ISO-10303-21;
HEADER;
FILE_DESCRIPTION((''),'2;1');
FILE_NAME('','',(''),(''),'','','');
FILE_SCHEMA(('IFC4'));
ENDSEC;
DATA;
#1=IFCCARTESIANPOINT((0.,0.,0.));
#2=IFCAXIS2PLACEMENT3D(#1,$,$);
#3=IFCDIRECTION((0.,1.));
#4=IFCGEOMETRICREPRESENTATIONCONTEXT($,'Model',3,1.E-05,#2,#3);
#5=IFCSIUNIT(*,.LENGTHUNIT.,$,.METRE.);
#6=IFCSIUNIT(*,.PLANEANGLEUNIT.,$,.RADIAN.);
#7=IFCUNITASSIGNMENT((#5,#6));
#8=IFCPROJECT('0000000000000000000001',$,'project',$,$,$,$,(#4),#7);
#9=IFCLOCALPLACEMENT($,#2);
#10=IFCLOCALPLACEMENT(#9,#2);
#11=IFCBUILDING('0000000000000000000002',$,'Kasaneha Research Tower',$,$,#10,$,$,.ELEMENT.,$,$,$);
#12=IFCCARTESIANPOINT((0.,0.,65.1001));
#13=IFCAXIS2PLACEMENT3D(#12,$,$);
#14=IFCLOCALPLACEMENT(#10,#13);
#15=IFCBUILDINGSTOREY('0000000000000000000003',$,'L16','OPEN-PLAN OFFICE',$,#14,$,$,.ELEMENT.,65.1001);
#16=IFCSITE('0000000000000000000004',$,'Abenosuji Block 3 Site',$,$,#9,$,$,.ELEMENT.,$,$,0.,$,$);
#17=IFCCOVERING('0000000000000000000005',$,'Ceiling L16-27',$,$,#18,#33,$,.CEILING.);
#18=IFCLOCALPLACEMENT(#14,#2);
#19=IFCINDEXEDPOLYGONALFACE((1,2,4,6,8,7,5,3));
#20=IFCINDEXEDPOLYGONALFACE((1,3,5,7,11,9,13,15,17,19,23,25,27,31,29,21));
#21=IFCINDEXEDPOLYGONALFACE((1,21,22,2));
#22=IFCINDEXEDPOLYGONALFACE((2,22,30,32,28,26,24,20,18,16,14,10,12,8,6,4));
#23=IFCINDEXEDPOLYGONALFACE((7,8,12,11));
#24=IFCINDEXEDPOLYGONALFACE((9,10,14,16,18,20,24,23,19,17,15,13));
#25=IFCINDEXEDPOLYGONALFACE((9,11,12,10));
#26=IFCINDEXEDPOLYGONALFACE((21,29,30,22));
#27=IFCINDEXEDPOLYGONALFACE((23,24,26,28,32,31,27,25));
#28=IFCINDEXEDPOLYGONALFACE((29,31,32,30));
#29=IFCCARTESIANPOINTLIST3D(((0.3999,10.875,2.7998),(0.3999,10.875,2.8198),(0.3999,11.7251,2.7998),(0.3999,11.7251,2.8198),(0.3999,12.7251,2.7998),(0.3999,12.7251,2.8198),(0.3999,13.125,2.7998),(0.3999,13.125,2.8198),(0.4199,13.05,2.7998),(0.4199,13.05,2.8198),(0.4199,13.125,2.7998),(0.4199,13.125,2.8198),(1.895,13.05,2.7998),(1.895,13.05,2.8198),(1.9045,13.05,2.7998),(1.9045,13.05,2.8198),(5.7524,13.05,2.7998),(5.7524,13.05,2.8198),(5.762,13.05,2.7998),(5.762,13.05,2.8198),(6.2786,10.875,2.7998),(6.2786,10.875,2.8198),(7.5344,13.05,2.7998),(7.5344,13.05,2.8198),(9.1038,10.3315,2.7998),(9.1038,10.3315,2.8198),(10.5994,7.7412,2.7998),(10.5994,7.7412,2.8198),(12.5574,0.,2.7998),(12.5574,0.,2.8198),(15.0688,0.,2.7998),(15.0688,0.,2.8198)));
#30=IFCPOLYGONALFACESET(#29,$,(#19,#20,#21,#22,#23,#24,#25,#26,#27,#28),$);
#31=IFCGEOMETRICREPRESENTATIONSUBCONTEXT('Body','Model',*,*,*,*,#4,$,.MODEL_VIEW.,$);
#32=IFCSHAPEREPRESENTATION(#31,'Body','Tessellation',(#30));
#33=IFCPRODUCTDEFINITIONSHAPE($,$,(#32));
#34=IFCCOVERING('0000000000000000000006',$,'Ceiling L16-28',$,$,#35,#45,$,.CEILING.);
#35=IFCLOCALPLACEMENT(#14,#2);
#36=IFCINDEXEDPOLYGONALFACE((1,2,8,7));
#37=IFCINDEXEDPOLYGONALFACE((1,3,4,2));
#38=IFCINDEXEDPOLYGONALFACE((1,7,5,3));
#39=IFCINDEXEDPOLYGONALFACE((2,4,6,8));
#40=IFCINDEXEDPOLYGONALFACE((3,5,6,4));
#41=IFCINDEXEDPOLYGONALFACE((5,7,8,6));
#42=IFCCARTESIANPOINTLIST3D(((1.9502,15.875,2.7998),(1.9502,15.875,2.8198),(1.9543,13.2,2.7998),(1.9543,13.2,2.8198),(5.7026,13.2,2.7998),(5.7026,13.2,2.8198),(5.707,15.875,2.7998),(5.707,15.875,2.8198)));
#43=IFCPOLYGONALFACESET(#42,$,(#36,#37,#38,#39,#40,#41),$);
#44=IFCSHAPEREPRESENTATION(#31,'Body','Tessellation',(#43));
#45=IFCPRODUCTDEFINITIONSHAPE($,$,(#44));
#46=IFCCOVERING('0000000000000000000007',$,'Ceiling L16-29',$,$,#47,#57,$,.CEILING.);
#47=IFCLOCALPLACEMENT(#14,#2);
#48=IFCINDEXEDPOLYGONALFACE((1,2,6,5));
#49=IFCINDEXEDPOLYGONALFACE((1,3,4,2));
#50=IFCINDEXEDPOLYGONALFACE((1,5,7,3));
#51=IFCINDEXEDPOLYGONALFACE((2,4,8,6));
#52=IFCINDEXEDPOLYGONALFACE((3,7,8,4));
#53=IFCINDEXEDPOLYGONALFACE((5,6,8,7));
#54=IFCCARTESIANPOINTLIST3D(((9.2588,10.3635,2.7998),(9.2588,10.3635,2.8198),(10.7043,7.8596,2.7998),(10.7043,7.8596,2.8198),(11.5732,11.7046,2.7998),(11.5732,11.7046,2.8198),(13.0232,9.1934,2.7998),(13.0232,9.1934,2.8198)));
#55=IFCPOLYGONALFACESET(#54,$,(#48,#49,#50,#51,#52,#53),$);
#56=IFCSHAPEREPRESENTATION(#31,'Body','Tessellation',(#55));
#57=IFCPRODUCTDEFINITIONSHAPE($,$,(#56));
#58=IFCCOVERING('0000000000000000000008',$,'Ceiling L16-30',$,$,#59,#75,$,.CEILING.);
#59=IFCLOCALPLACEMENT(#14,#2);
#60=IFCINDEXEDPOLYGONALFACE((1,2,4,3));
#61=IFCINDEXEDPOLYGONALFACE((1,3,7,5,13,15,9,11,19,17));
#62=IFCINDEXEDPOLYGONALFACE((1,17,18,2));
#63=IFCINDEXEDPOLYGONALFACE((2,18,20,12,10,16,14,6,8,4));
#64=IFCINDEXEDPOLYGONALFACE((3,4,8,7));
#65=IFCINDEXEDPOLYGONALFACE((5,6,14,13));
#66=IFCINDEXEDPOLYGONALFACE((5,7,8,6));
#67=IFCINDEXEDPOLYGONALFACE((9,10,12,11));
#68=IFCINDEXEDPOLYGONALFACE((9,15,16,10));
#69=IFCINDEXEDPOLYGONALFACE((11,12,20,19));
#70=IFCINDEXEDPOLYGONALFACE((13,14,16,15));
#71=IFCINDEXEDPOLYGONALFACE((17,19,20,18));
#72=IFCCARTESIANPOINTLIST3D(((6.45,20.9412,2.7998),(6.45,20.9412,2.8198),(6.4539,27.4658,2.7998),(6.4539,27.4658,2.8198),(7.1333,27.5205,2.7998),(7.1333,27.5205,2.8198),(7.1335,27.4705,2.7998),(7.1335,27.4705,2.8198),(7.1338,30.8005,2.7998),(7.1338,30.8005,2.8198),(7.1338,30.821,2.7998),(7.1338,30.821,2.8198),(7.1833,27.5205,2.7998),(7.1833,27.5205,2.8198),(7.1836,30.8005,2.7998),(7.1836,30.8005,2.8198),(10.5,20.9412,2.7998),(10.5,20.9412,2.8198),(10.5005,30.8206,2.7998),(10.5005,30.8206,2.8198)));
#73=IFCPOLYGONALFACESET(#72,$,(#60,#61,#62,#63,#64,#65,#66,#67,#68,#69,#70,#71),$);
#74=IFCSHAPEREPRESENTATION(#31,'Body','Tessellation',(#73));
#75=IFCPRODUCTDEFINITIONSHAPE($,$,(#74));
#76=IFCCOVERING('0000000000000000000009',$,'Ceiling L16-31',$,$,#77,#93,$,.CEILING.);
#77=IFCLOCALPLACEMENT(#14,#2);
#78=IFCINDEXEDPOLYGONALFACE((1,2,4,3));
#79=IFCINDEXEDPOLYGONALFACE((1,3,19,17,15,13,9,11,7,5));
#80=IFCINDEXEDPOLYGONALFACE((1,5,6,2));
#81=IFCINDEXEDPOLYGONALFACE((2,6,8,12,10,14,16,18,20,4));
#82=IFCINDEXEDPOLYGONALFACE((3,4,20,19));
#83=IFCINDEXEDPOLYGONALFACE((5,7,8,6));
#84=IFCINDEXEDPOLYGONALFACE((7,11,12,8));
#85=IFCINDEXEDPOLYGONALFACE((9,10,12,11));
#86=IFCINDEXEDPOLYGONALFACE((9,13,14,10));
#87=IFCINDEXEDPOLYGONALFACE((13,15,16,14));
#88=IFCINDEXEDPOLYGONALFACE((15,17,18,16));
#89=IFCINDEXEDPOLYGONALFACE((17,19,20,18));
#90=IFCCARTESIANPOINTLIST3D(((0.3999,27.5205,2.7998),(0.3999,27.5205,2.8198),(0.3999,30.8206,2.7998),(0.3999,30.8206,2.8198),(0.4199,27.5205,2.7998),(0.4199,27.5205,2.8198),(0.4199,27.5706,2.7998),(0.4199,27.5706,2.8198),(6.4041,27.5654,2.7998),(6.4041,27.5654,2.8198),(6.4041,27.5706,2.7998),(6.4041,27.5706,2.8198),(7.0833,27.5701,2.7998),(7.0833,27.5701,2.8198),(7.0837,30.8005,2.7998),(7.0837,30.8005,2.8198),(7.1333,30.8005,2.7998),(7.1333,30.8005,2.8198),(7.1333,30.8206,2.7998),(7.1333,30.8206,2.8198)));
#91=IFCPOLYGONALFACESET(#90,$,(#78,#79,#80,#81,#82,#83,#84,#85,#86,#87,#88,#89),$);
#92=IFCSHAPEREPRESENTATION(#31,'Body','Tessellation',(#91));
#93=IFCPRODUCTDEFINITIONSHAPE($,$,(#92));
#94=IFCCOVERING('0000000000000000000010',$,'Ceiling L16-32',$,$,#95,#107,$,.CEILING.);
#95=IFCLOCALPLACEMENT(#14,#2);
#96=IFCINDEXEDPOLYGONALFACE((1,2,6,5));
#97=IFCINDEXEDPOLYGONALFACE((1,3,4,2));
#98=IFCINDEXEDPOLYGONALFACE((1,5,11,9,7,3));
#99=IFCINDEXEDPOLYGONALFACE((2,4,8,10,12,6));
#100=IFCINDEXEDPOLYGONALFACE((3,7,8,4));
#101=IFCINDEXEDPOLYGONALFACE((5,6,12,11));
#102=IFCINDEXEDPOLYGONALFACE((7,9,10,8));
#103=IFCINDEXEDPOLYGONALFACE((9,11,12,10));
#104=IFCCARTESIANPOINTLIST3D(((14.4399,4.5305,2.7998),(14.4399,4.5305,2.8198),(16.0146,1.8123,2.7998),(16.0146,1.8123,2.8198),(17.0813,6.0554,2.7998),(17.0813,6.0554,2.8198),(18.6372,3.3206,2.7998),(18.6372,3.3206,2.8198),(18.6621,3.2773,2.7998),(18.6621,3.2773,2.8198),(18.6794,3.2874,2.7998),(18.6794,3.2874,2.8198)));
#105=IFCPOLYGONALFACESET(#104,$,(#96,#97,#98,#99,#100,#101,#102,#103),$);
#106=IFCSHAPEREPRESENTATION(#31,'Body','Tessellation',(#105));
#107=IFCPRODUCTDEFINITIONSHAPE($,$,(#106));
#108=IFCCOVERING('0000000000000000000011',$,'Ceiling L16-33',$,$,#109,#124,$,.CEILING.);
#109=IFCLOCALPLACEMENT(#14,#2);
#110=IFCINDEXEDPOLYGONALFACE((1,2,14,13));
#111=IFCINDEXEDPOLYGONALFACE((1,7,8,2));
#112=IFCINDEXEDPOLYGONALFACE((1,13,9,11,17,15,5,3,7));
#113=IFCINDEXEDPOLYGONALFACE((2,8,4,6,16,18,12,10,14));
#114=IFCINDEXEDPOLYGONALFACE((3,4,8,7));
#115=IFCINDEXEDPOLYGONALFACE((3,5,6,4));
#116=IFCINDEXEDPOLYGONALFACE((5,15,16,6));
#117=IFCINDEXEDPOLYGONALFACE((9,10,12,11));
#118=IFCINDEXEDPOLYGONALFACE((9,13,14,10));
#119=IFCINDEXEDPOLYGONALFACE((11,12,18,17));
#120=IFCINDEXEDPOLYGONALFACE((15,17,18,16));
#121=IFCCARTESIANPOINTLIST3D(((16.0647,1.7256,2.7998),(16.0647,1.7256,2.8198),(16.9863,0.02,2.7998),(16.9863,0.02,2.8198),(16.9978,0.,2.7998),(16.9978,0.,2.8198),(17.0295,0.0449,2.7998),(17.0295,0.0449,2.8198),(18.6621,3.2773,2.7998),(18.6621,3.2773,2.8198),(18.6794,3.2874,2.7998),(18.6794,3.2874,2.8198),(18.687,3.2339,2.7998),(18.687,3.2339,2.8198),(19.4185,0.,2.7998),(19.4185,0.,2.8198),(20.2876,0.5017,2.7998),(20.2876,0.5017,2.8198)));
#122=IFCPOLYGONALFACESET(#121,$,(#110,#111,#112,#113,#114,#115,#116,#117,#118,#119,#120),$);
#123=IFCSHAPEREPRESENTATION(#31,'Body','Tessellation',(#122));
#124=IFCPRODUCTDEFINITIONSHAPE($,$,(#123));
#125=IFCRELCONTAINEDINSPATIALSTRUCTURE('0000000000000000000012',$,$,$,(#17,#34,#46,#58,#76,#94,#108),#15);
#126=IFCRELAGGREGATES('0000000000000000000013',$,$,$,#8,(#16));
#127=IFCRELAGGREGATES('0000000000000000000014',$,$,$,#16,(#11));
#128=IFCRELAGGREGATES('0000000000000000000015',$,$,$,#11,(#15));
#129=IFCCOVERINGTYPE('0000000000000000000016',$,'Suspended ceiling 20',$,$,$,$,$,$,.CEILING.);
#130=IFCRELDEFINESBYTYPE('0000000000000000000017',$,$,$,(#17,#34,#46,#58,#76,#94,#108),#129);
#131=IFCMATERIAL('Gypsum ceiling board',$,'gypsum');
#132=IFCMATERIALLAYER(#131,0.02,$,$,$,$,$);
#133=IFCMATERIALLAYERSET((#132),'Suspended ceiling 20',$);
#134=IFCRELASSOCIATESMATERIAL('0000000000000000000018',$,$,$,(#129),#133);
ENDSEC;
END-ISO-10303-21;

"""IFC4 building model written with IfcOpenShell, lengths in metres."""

from ifc_helpers import new_model, si_unit, direction, frame, origin, place, context, subcontext, project, spatial, polyline, outline, extrude, material, layer, layer_set, type_object, element, save


model = new_model("IFC4")

# Units and contexts
model_context = context("Model", 3, precision=1e-05, world=origin(), true_north=direction((0.0, 1.0)))
body_context = subcontext(model_context, "Body", "Model", "MODEL_VIEW")
ifc_project = project(units=[si_unit("LENGTHUNIT", "METRE"), si_unit("PLANEANGLEUNIT", "RADIAN")], contexts=[model_context])

# Site, building, storey
site_placement = place(None, origin())
site = spatial("IfcSite", under=ifc_project, at=site_placement, Name="Abenosuji Block 3 Site", CompositionType="ELEMENT", RefElevation=0.0)
building_placement = place(site_placement, origin())
building = spatial("IfcBuilding", under=site, at=building_placement, Name="Kasaneha Research Tower", CompositionType="ELEMENT")
storey_placement = place(building_placement, frame((0.0, 0.0, 65.1001)))
storey = spatial("IfcBuildingStorey", under=building, at=storey_placement, Name="L16", Description="OPEN-PLAN OFFICE", CompositionType="ELEMENT", Elevation=65.1001)

# Coverings
ifc_material_1 = material(Name="Gypsum ceiling board", Category="gypsum")
ifc_layer_1 = layer(ifc_material_1, 0.02)
ifc_layer_set_1 = layer_set([ifc_layer_1], Name="Suspended ceiling 20")
covering_type_1 = type_object("IfcCoveringType", Name="Suspended ceiling 20", PredefinedType="CEILING", material=ifc_layer_set_1)
covering_1_placement = place(storey_placement, frame((0.0, 0.0, 2.7998)))
element("IfcCovering", 1, at=covering_1_placement, inside=storey, type_object=covering_type_1, Name="Ceiling L16-27", PredefinedType="CEILING", context=body_context, shape_type="SweptSolid", body=[
    extrude(outline(polyline([(6.2786, 10.875), (0.3999, 10.875), (0.3999, 11.7251), (0.3999, 12.7251), (0.3999, 13.125), (0.4199, 13.125), (0.4199, 13.05), (1.895, 13.05), (1.9045, 13.05), (5.7524, 13.05), (5.762, 13.05), (7.5344, 13.05), (9.1038, 10.3315), (9.1038, 10.3315), (10.5994, 7.7412), (10.5994, 7.7412), (15.0688, 0.0), (12.5574, 0.0), (6.2786, 10.875)])), origin(), (0.0, 0.0, 1.0), 0.02),
])
covering_2_placement = place(storey_placement, frame((0.0, 0.0, 2.7998)))
element("IfcCovering", 2, at=covering_2_placement, inside=storey, type_object=covering_type_1, Name="Ceiling L16-28", PredefinedType="CEILING", context=body_context, shape_type="SweptSolid", body=[
    extrude(outline(polyline([(1.9543, 13.2), (1.9502, 15.875), (5.707, 15.875), (5.7026, 13.2), (1.9543, 13.2)])), origin(), (0.0, 0.0, 1.0), 0.02),
])
covering_3_placement = place(storey_placement, frame((0.0, 0.0, 2.7998)))
element("IfcCovering", 3, at=covering_3_placement, inside=storey, type_object=covering_type_1, Name="Ceiling L16-29", PredefinedType="CEILING", context=body_context, shape_type="SweptSolid", body=[
    extrude(outline(polyline([(11.5732, 11.7046), (13.0232, 9.1934), (10.7043, 7.8596), (9.2588, 10.3635), (11.5732, 11.7046)])), origin(), (0.0, 0.0, 1.0), 0.02),
])
covering_4_placement = place(storey_placement, frame((0.0, 0.0, 2.7998)))
element("IfcCovering", 4, at=covering_4_placement, inside=storey, type_object=covering_type_1, Name="Ceiling L16-30", PredefinedType="CEILING", context=body_context, shape_type="SweptSolid", body=[
    extrude(outline(polyline([(7.1338, 30.821), (10.5005, 30.8206), (10.5, 20.8911), (10.5, 20.9412), (6.45, 20.9412), (6.4539, 27.4658), (7.1335, 27.4705), (7.1333, 27.5205), (7.1833, 27.5205), (7.1836, 30.8005), (7.1338, 30.8005), (7.1338, 30.821)])), origin(), (0.0, 0.0, 1.0), 0.02),
])
covering_5_placement = place(storey_placement, frame((0.0, 0.0, 2.7998)))
element("IfcCovering", 5, at=covering_5_placement, inside=storey, type_object=covering_type_1, Name="Ceiling L16-31", PredefinedType="CEILING", context=body_context, shape_type="SweptSolid", body=[
    extrude(outline(polyline([(7.1333, 30.8206), (7.1333, 30.8005), (7.0837, 30.8005), (7.0833, 27.5701), (6.4041, 27.5654), (6.4041, 27.5706), (0.4199, 27.5706), (0.4199, 27.5205), (0.3999, 27.5205), (0.3999, 30.8206), (7.1333, 30.8206)])), origin(), (0.0, 0.0, 1.0), 0.02),
])
covering_6_placement = place(storey_placement, frame((0.0, 0.0, 2.7998)))
element("IfcCovering", 6, at=covering_6_placement, inside=storey, type_object=covering_type_1, Name="Ceiling L16-32", PredefinedType="CEILING", context=body_context, shape_type="SweptSolid", body=[
    extrude(outline(polyline([(18.6794, 3.2874), (18.6621, 3.2773), (18.6372, 3.3206), (16.0146, 1.8123), (14.4399, 4.5305), (17.0813, 6.0554), (17.0562, 6.0989), (17.0562, 6.0989), (18.6794, 3.2874)])), origin(), (0.0, 0.0, 1.0), 0.02),
])
covering_7_placement = place(storey_placement, frame((0.0, 0.0, 2.7998)))
element("IfcCovering", 7, at=covering_7_placement, inside=storey, type_object=covering_type_1, Name="Ceiling L16-33", PredefinedType="CEILING", context=body_context, shape_type="SweptSolid", body=[
    extrude(outline(polyline([(20.2876, 0.5017), (19.4185, 0.0), (16.9978, 0.0), (16.9863, 0.02), (17.0295, 0.0449), (16.0647, 1.7256), (18.687, 3.2339), (18.6621, 3.2773), (18.6794, 3.2874), (20.2876, 0.5017)])), origin(), (0.0, 0.0, 1.0), 0.02),
])

save(model, "model.ifc")
